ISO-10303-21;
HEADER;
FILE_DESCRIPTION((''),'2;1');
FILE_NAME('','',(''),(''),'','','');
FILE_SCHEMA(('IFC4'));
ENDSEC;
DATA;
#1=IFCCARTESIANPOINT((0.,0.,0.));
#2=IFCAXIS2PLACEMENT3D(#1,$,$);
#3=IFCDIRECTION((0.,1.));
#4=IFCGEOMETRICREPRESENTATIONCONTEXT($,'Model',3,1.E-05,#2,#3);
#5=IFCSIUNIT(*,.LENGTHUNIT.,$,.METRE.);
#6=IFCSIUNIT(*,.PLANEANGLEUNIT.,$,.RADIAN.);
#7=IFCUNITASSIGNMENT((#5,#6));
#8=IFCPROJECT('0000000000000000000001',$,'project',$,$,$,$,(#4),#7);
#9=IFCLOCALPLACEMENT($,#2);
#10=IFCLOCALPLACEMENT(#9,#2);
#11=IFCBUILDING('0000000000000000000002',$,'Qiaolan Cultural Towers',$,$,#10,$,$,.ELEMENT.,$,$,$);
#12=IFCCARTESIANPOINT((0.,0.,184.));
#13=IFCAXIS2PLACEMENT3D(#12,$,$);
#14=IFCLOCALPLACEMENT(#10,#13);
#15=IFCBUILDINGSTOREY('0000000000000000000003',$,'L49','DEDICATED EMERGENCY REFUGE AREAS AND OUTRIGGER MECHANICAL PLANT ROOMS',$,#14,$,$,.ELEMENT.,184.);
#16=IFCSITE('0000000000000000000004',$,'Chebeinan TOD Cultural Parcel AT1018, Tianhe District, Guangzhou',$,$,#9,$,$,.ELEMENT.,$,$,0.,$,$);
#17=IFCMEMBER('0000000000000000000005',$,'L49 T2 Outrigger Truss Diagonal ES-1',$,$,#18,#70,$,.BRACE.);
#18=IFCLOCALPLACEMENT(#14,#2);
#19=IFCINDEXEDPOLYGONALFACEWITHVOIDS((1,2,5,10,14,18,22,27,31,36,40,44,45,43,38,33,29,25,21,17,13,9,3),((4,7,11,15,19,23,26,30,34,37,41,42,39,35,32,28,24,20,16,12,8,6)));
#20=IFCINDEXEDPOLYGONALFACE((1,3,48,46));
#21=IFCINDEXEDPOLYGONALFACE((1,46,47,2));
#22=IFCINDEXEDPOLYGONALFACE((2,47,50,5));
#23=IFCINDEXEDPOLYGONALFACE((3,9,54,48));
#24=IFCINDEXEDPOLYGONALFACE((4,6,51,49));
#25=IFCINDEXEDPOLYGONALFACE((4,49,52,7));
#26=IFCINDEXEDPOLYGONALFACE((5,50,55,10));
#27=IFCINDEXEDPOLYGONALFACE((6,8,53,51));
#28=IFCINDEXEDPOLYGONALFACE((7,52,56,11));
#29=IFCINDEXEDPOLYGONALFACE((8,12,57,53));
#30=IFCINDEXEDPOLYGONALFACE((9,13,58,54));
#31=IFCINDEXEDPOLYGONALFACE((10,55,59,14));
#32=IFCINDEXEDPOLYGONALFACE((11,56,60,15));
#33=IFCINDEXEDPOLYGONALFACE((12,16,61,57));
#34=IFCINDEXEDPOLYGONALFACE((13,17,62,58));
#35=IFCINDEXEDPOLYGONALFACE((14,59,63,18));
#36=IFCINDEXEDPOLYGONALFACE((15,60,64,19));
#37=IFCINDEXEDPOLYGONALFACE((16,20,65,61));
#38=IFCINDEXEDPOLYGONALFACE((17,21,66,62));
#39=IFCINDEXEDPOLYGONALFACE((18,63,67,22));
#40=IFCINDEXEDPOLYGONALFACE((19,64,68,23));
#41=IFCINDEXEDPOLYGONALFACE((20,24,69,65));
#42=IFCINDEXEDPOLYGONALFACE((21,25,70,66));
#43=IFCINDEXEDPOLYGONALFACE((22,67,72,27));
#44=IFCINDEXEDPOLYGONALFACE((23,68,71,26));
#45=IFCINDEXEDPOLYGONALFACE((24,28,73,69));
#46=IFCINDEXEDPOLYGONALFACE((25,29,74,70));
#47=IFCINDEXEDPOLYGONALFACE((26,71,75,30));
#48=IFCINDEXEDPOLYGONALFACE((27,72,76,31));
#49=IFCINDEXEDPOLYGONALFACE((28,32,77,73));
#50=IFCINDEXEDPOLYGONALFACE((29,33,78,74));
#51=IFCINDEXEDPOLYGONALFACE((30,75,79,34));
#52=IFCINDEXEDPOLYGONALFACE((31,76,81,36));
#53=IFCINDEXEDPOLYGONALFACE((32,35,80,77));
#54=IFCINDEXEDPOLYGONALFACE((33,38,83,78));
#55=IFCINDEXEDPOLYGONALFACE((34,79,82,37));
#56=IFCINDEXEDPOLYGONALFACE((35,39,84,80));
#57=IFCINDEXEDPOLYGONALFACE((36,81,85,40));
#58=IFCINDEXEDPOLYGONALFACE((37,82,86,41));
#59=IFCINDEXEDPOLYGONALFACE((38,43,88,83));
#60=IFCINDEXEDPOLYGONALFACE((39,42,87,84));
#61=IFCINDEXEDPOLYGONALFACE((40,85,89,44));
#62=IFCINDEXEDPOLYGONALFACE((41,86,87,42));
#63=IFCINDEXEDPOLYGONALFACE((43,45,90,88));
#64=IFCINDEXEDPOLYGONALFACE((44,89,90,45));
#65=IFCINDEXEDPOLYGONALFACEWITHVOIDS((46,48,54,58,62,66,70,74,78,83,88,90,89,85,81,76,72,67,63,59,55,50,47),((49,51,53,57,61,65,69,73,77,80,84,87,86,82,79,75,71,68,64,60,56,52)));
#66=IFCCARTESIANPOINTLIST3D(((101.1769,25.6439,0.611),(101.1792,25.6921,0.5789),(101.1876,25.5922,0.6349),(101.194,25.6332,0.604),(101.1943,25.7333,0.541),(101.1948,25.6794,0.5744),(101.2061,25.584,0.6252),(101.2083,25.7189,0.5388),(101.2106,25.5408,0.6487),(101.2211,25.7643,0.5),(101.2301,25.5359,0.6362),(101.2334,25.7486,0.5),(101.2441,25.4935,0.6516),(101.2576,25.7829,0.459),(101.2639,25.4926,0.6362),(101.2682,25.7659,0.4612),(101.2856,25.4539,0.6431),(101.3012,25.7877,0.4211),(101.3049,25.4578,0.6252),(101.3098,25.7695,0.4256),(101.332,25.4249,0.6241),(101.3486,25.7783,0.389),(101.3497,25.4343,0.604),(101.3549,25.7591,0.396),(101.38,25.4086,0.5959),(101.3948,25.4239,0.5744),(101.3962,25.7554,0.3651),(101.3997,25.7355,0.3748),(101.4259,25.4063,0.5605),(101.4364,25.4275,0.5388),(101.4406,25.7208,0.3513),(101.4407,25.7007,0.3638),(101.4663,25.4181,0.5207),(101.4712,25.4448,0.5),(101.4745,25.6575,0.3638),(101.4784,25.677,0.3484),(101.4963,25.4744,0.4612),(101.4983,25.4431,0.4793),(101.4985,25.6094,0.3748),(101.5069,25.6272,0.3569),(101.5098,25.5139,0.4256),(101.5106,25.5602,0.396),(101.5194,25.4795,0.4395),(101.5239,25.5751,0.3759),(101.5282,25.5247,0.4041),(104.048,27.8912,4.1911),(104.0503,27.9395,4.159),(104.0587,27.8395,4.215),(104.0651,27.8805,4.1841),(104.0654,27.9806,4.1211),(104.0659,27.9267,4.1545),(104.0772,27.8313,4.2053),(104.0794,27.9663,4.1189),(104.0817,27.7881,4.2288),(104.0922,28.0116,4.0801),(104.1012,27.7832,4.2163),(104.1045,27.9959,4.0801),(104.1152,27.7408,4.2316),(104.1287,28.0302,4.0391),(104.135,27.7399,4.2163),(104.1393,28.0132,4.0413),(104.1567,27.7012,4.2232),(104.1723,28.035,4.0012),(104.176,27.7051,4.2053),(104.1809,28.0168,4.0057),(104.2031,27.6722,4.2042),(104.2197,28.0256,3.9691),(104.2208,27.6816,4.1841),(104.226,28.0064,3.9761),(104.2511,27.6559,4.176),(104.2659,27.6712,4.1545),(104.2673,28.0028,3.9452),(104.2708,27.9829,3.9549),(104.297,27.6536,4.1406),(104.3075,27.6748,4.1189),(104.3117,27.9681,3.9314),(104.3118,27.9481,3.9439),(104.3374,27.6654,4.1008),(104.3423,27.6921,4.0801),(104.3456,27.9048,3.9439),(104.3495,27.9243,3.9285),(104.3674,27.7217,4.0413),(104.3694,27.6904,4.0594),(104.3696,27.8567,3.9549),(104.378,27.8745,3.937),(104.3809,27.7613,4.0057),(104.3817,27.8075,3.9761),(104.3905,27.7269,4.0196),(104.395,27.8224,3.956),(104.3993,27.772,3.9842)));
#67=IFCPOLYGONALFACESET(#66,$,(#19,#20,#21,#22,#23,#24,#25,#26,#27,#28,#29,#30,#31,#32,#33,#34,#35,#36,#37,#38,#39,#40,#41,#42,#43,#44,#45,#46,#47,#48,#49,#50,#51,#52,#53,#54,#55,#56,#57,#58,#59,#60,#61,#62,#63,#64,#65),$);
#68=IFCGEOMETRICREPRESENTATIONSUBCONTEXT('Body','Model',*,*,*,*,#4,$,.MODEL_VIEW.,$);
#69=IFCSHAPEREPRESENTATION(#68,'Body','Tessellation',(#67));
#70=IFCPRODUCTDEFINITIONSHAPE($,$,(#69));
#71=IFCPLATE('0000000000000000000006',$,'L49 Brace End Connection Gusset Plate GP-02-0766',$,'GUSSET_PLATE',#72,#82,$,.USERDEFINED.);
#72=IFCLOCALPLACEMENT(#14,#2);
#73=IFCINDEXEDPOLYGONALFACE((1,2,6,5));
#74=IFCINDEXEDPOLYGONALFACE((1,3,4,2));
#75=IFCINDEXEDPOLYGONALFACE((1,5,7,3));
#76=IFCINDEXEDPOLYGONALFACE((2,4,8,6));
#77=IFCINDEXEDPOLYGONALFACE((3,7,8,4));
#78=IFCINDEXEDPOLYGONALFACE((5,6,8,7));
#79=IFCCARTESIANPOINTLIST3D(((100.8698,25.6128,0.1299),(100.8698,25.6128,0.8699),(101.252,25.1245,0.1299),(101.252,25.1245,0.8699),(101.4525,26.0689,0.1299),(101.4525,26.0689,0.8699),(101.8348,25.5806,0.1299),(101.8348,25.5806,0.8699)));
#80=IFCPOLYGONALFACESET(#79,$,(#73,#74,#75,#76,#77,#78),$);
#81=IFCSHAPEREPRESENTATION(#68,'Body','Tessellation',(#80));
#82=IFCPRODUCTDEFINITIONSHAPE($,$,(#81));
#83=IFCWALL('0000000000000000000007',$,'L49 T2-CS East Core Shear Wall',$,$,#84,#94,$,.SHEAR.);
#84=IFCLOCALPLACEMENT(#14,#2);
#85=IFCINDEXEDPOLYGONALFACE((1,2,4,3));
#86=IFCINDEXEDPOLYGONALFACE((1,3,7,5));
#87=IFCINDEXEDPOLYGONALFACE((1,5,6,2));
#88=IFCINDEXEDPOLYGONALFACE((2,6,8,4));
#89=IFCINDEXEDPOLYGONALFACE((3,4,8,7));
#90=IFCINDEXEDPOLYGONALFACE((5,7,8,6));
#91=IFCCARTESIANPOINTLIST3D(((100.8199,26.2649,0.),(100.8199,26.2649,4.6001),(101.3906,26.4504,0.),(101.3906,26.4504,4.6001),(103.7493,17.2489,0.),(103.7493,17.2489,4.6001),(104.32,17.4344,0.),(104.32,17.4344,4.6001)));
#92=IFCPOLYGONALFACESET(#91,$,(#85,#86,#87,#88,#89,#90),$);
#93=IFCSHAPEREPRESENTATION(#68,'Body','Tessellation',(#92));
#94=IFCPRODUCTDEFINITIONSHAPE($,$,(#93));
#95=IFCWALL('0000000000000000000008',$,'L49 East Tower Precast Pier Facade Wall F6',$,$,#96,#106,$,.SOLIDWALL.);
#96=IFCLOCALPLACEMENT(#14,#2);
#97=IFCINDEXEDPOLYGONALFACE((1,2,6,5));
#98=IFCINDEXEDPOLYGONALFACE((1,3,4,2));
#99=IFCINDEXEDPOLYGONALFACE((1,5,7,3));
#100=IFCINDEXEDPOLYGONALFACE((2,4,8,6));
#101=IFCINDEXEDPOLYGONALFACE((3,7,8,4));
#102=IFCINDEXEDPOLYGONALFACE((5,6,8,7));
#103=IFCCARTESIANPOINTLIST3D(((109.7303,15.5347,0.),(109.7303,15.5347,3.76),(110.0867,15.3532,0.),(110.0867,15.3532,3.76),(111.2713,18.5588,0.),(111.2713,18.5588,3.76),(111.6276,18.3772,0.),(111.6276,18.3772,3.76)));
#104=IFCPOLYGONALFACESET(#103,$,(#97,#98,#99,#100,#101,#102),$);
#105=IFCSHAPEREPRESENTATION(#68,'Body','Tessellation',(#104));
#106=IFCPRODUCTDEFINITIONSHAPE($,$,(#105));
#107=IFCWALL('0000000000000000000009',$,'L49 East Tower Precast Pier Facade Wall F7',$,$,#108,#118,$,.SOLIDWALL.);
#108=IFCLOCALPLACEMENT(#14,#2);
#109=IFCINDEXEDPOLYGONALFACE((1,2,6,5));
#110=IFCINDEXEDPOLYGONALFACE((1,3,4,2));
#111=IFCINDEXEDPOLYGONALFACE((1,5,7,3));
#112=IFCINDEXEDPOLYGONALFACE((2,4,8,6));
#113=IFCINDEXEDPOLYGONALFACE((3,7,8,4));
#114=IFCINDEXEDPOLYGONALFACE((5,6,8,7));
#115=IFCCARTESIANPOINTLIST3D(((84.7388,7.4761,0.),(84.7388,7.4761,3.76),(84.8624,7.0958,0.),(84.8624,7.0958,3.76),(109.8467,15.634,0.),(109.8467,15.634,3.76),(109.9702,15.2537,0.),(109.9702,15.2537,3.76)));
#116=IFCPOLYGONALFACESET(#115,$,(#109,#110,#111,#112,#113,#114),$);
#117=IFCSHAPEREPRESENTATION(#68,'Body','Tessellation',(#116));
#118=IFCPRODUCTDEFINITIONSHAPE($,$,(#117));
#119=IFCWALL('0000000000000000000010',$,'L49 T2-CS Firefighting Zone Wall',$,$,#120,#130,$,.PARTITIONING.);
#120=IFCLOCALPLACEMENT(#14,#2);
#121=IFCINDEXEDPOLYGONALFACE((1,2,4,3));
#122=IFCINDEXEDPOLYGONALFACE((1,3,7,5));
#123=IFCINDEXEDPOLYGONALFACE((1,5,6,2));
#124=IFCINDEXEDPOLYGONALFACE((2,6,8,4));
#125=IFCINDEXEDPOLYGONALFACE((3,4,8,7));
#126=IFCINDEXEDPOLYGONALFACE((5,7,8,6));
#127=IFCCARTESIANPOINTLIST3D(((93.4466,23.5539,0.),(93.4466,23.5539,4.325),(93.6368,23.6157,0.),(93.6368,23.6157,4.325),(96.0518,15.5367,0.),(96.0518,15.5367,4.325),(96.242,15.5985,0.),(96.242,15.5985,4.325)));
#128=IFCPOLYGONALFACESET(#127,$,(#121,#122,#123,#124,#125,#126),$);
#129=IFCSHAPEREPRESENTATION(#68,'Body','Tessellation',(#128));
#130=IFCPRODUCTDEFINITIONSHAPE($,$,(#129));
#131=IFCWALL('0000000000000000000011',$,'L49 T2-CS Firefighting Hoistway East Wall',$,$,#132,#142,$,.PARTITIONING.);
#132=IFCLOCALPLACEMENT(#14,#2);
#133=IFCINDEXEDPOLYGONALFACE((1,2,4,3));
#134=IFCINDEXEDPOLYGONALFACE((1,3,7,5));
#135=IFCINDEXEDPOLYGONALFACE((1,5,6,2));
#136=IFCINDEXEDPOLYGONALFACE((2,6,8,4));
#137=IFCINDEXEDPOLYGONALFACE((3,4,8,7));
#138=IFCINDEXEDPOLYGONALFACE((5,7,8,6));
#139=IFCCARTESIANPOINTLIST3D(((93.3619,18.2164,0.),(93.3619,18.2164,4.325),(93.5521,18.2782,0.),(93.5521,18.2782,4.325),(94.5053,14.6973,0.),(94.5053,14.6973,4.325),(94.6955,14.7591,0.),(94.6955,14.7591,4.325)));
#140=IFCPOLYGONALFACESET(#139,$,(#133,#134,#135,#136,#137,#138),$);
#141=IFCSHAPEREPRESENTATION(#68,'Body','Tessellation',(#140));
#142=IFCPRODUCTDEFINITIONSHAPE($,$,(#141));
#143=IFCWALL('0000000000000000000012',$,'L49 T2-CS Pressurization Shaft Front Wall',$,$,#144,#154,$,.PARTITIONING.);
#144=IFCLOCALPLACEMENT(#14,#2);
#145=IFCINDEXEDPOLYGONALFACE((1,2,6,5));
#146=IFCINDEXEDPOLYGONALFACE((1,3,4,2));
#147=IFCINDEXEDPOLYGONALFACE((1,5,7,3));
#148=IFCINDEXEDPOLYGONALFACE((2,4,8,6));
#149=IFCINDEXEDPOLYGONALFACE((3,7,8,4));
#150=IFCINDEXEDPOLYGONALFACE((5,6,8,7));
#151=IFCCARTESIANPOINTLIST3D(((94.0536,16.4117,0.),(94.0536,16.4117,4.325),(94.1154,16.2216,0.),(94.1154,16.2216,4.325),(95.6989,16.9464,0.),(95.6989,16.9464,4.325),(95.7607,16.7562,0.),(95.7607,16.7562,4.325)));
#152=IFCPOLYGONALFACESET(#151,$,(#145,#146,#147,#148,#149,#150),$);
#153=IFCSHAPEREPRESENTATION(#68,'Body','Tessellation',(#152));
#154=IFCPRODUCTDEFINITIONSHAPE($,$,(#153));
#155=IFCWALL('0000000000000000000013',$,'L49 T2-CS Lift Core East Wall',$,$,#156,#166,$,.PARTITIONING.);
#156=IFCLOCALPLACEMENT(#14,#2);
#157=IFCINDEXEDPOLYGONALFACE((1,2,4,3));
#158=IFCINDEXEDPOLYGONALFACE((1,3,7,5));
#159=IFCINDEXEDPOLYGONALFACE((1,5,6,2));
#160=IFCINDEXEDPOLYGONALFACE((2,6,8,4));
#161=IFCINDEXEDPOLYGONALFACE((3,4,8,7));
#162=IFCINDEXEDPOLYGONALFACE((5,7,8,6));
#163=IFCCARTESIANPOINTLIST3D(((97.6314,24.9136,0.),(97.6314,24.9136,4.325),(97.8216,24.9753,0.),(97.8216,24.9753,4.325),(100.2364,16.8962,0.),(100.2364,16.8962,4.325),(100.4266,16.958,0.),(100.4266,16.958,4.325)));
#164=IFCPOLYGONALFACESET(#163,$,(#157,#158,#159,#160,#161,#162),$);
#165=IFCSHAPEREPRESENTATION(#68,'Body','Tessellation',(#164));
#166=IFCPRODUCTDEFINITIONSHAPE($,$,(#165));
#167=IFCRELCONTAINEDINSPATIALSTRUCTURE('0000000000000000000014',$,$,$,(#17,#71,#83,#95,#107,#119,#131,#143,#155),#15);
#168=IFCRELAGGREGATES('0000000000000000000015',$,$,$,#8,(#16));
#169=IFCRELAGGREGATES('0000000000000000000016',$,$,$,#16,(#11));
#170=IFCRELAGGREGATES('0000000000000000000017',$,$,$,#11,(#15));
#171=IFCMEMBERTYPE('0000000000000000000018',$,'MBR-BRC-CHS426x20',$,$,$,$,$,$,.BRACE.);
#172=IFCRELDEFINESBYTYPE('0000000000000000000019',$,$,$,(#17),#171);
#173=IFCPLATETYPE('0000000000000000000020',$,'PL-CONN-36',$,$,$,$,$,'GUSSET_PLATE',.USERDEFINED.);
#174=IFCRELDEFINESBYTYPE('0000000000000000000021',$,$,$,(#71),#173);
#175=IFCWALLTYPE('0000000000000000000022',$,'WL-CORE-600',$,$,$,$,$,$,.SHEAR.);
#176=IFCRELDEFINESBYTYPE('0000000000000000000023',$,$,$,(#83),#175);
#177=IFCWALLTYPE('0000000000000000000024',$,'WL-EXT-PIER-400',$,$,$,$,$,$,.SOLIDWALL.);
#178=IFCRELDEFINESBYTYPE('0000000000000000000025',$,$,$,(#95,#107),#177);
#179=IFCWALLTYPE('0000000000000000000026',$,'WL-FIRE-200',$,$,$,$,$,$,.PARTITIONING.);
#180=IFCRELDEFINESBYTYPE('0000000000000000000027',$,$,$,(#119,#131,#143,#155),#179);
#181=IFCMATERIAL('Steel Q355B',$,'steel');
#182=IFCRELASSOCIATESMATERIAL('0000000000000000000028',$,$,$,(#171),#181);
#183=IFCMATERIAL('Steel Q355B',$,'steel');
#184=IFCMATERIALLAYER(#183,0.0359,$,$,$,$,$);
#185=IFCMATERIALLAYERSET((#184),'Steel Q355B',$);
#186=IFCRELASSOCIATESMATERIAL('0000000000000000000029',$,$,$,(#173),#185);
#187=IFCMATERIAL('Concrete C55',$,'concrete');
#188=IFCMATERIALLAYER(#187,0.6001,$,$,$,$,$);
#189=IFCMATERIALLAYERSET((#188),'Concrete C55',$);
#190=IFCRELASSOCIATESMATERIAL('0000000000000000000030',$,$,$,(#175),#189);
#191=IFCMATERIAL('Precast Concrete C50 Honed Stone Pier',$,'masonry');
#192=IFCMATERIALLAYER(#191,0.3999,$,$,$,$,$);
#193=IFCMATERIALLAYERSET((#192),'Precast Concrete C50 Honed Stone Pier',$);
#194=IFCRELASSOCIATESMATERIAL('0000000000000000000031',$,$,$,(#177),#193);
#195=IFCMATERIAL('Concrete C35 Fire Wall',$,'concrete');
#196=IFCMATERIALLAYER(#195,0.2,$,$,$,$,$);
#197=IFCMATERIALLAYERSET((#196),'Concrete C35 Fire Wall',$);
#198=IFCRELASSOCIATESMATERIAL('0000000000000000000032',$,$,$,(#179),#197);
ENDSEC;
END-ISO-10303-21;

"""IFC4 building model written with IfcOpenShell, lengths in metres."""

from ifc_helpers import new_model, si_unit, direction, frame, frame_2d, origin, origin_2d, place, context, subcontext, project, spatial, rectangle, hollow_circle, extrude, material, layer, layer_set, material_profile, profile_set, type_object, element, save


model = new_model("IFC4")

# Units and contexts
model_context = context("Model", 3, precision=1e-05, world=origin(), true_north=direction((0.0, 1.0)))
body_context = subcontext(model_context, "Body", "Model", "MODEL_VIEW")
ifc_project = project(units=[si_unit("LENGTHUNIT", "METRE"), si_unit("PLANEANGLEUNIT", "RADIAN")], contexts=[model_context])

# Site, building, storey
site_placement = place(None, origin())
site = spatial("IfcSite", under=ifc_project, at=site_placement, Name="Chebeinan TOD Cultural Parcel AT1018, Tianhe District, Guangzhou", CompositionType="ELEMENT", RefElevation=0.0)
building_placement = place(site_placement, origin())
building = spatial("IfcBuilding", under=site, at=building_placement, Name="Qiaolan Cultural Towers", CompositionType="ELEMENT")
storey_placement = place(building_placement, frame((0.0, 0.0, 184.0)))
storey = spatial("IfcBuildingStorey", under=building, at=storey_placement, Name="L49", Description="DEDICATED EMERGENCY REFUGE AREAS AND OUTRIGGER MECHANICAL PLANT ROOMS", CompositionType="ELEMENT", Elevation=184.0)

# Member
ifc_material_1 = material(Name="Steel Q355B", Category="steel")
ifc_material_profile_1 = material_profile(ifc_material_1, hollow_circle(Radius=0.2129, WallThickness=0.02, at=origin_2d()), Name="CHS426x20")
ifc_profile_set_1 = profile_set([ifc_material_profile_1], Name="Steel Q355B")
member_type = type_object("IfcMemberType", Name="MBR-BRC-CHS426x20", PredefinedType="BRACE", material=ifc_profile_set_1)
member_placement = place(storey_placement, frame((101.3523, 25.5967, 0.5), z_axis=(0.561874, 0.439801, 0.700623), x_axis=(-0.616371, 0.787456, 0.0)))
element("IfcMember", 1, at=member_placement, inside=storey, type_object=member_type, Name="L49 T2 Outrigger Truss Diagonal ES-1", PredefinedType="BRACE", context=body_context, shape_type="SweptSolid", body=[
    extrude(hollow_circle(Radius=0.2129, WallThickness=0.02, at=origin_2d()), origin(), (0.0, 0.0, 1.0), 5.1099),
])

# Plate
ifc_material_2 = material(Name="Steel Q355B", Category="steel")
ifc_layer_1 = layer(ifc_material_2, 0.0359)
ifc_layer_set_1 = layer_set([ifc_layer_1], Name="Steel Q355B")
plate_type = type_object("IfcPlateType", Name="PL-CONN-36", ElementType="GUSSET_PLATE", PredefinedType="USERDEFINED", material=ifc_layer_set_1)
plate_placement = place(storey_placement, frame((101.3523, 25.5967, 0.1299), z_axis=(0.0, 0.0, 1.0), x_axis=(0.787471, 0.616352, 0.0)))
element("IfcPlate", 2, at=plate_placement, inside=storey, type_object=plate_type, Name="L49 Brace End Connection Gusset Plate GP-02-0766", ObjectType="GUSSET_PLATE", PredefinedType="USERDEFINED", context=body_context, shape_type="SweptSolid", body=[
    extrude(rectangle(XDim=0.74, YDim=0.6201, at=origin_2d()), origin(), (0.0, 0.0, 1.0), 0.74),
])

# Walls
ifc_material_3 = material(Name="Concrete C55", Category="concrete")
ifc_layer_2 = layer(ifc_material_3, 0.6001)
ifc_layer_set_2 = layer_set([ifc_layer_2], Name="Concrete C55")
wall_type_1 = type_object("IfcWallType", Name="WL-CORE-600", PredefinedType="SHEAR", material=ifc_layer_set_2)
wall_1_placement = place(storey_placement, frame((101.1052, 26.3577, 0.0), z_axis=(0.0, 0.0, 1.0), x_axis=(0.30901, -0.951059, 0.0)))
element("IfcWall", 3, at=wall_1_placement, inside=storey, type_object=wall_type_1, Name="L49 T2-CS East Core Shear Wall", PredefinedType="SHEAR", context=body_context, shape_type="SweptSolid", body=[
    extrude(rectangle(XDim=9.48, YDim=0.6001, at=frame_2d((4.74, 0.0))), origin(), (0.0, 0.0, 1.0), 4.6001),
])
ifc_material_4 = material(Name="Precast Concrete C50 Honed Stone Pier", Category="masonry")
ifc_layer_3 = layer(ifc_material_4, 0.3999)
ifc_layer_set_3 = layer_set([ifc_layer_3], Name="Precast Concrete C50 Honed Stone Pier")
wall_type_2 = type_object("IfcWallType", Name="WL-EXT-PIER-400", PredefinedType="SOLIDWALL", material=ifc_layer_set_3)
wall_2_placement = place(storey_placement, frame((111.4495, 18.468, 0.0), z_axis=(0.0, 0.0, 1.0), x_axis=(-0.45402, -0.890992, 0.0)))
element("IfcWall", 4, at=wall_2_placement, inside=storey, type_object=wall_type_2, Name="L49 East Tower Precast Pier Facade Wall F6", PredefinedType="SOLIDWALL", context=body_context, shape_type="SweptSolid", body=[
    extrude(rectangle(XDim=3.394, YDim=0.3999, at=frame_2d((1.697, 0.0))), origin(), (0.0, 0.0, 1.0), 3.76),
])
wall_3_placement = place(storey_placement, frame((109.9084, 15.4438, 0.0), z_axis=(0.0, 0.0, 1.0), x_axis=(-0.951058, -0.309014, 0.0)))
element("IfcWall", 5, at=wall_3_placement, inside=storey, type_object=wall_type_2, Name="L49 East Tower Precast Pier Facade Wall F7", PredefinedType="SOLIDWALL", context=body_context, shape_type="SweptSolid", body=[
    extrude(rectangle(XDim=26.3999, YDim=0.3999, at=frame_2d((13.2, 0.0))), origin(), (0.0, 0.0, 1.0), 3.76),
])
ifc_material_5 = material(Name="Concrete C35 Fire Wall", Category="concrete")
ifc_layer_4 = layer(ifc_material_5, 0.2)
ifc_layer_set_4 = layer_set([ifc_layer_4], Name="Concrete C35 Fire Wall")
wall_type_3 = type_object("IfcWallType", Name="WL-FIRE-200", PredefinedType="PARTITIONING", material=ifc_layer_set_4)
wall_4_placement = place(storey_placement, frame((93.5417, 23.5847, 0.0), z_axis=(0.0, 0.0, 1.0), x_axis=(0.309042, -0.951048, 0.0)))
element("IfcWall", 6, at=wall_4_placement, inside=storey, type_object=wall_type_3, Name="L49 T2-CS Firefighting Zone Wall", PredefinedType="PARTITIONING", context=body_context, shape_type="SweptSolid", body=[
    extrude(rectangle(XDim=8.4299, YDim=0.2, at=frame_2d((4.2148, 0.0))), origin(), (0.0, 0.0, 1.0), 4.325),
])
wall_5_placement = place(storey_placement, frame((93.457, 18.2473, 0.0), z_axis=(0.0, 0.0, 1.0), x_axis=(0.308994, -0.951064, 0.0)))
element("IfcWall", 7, at=wall_5_placement, inside=storey, type_object=wall_type_3, Name="L49 T2-CS Firefighting Hoistway East Wall", PredefinedType="PARTITIONING", context=body_context, shape_type="SweptSolid", body=[
    extrude(rectangle(XDim=3.7002, YDim=0.2, at=frame_2d((1.8501, 0.0))), origin(), (0.0, 0.0, 1.0), 4.325),
])
wall_6_placement = place(storey_placement, frame((94.0845, 16.3167, 0.0), z_axis=(0.0, 0.0, 1.0), x_axis=(0.951041, 0.309064, 0.0)))
element("IfcWall", 8, at=wall_6_placement, inside=storey, type_object=wall_type_3, Name="L49 T2-CS Pressurization Shaft Front Wall", PredefinedType="PARTITIONING", context=body_context, shape_type="SweptSolid", body=[
    extrude(rectangle(XDim=1.73, YDim=0.2, at=frame_2d((0.865, 0.0))), origin(), (0.0, 0.0, 1.0), 4.325),
])
wall_7_placement = place(storey_placement, frame((97.7266, 24.9443, 0.0), z_axis=(0.0, 0.0, 1.0), x_axis=(0.309016, -0.951057, 0.0)))
element("IfcWall", 9, at=wall_7_placement, inside=storey, type_object=wall_type_3, Name="L49 T2-CS Lift Core East Wall", PredefinedType="PARTITIONING", context=body_context, shape_type="SweptSolid", body=[
    extrude(rectangle(XDim=8.4299, YDim=0.2, at=frame_2d((4.2148, 0.0))), origin(), (0.0, 0.0, 1.0), 4.325),
])

save(model, "model.ifc")
